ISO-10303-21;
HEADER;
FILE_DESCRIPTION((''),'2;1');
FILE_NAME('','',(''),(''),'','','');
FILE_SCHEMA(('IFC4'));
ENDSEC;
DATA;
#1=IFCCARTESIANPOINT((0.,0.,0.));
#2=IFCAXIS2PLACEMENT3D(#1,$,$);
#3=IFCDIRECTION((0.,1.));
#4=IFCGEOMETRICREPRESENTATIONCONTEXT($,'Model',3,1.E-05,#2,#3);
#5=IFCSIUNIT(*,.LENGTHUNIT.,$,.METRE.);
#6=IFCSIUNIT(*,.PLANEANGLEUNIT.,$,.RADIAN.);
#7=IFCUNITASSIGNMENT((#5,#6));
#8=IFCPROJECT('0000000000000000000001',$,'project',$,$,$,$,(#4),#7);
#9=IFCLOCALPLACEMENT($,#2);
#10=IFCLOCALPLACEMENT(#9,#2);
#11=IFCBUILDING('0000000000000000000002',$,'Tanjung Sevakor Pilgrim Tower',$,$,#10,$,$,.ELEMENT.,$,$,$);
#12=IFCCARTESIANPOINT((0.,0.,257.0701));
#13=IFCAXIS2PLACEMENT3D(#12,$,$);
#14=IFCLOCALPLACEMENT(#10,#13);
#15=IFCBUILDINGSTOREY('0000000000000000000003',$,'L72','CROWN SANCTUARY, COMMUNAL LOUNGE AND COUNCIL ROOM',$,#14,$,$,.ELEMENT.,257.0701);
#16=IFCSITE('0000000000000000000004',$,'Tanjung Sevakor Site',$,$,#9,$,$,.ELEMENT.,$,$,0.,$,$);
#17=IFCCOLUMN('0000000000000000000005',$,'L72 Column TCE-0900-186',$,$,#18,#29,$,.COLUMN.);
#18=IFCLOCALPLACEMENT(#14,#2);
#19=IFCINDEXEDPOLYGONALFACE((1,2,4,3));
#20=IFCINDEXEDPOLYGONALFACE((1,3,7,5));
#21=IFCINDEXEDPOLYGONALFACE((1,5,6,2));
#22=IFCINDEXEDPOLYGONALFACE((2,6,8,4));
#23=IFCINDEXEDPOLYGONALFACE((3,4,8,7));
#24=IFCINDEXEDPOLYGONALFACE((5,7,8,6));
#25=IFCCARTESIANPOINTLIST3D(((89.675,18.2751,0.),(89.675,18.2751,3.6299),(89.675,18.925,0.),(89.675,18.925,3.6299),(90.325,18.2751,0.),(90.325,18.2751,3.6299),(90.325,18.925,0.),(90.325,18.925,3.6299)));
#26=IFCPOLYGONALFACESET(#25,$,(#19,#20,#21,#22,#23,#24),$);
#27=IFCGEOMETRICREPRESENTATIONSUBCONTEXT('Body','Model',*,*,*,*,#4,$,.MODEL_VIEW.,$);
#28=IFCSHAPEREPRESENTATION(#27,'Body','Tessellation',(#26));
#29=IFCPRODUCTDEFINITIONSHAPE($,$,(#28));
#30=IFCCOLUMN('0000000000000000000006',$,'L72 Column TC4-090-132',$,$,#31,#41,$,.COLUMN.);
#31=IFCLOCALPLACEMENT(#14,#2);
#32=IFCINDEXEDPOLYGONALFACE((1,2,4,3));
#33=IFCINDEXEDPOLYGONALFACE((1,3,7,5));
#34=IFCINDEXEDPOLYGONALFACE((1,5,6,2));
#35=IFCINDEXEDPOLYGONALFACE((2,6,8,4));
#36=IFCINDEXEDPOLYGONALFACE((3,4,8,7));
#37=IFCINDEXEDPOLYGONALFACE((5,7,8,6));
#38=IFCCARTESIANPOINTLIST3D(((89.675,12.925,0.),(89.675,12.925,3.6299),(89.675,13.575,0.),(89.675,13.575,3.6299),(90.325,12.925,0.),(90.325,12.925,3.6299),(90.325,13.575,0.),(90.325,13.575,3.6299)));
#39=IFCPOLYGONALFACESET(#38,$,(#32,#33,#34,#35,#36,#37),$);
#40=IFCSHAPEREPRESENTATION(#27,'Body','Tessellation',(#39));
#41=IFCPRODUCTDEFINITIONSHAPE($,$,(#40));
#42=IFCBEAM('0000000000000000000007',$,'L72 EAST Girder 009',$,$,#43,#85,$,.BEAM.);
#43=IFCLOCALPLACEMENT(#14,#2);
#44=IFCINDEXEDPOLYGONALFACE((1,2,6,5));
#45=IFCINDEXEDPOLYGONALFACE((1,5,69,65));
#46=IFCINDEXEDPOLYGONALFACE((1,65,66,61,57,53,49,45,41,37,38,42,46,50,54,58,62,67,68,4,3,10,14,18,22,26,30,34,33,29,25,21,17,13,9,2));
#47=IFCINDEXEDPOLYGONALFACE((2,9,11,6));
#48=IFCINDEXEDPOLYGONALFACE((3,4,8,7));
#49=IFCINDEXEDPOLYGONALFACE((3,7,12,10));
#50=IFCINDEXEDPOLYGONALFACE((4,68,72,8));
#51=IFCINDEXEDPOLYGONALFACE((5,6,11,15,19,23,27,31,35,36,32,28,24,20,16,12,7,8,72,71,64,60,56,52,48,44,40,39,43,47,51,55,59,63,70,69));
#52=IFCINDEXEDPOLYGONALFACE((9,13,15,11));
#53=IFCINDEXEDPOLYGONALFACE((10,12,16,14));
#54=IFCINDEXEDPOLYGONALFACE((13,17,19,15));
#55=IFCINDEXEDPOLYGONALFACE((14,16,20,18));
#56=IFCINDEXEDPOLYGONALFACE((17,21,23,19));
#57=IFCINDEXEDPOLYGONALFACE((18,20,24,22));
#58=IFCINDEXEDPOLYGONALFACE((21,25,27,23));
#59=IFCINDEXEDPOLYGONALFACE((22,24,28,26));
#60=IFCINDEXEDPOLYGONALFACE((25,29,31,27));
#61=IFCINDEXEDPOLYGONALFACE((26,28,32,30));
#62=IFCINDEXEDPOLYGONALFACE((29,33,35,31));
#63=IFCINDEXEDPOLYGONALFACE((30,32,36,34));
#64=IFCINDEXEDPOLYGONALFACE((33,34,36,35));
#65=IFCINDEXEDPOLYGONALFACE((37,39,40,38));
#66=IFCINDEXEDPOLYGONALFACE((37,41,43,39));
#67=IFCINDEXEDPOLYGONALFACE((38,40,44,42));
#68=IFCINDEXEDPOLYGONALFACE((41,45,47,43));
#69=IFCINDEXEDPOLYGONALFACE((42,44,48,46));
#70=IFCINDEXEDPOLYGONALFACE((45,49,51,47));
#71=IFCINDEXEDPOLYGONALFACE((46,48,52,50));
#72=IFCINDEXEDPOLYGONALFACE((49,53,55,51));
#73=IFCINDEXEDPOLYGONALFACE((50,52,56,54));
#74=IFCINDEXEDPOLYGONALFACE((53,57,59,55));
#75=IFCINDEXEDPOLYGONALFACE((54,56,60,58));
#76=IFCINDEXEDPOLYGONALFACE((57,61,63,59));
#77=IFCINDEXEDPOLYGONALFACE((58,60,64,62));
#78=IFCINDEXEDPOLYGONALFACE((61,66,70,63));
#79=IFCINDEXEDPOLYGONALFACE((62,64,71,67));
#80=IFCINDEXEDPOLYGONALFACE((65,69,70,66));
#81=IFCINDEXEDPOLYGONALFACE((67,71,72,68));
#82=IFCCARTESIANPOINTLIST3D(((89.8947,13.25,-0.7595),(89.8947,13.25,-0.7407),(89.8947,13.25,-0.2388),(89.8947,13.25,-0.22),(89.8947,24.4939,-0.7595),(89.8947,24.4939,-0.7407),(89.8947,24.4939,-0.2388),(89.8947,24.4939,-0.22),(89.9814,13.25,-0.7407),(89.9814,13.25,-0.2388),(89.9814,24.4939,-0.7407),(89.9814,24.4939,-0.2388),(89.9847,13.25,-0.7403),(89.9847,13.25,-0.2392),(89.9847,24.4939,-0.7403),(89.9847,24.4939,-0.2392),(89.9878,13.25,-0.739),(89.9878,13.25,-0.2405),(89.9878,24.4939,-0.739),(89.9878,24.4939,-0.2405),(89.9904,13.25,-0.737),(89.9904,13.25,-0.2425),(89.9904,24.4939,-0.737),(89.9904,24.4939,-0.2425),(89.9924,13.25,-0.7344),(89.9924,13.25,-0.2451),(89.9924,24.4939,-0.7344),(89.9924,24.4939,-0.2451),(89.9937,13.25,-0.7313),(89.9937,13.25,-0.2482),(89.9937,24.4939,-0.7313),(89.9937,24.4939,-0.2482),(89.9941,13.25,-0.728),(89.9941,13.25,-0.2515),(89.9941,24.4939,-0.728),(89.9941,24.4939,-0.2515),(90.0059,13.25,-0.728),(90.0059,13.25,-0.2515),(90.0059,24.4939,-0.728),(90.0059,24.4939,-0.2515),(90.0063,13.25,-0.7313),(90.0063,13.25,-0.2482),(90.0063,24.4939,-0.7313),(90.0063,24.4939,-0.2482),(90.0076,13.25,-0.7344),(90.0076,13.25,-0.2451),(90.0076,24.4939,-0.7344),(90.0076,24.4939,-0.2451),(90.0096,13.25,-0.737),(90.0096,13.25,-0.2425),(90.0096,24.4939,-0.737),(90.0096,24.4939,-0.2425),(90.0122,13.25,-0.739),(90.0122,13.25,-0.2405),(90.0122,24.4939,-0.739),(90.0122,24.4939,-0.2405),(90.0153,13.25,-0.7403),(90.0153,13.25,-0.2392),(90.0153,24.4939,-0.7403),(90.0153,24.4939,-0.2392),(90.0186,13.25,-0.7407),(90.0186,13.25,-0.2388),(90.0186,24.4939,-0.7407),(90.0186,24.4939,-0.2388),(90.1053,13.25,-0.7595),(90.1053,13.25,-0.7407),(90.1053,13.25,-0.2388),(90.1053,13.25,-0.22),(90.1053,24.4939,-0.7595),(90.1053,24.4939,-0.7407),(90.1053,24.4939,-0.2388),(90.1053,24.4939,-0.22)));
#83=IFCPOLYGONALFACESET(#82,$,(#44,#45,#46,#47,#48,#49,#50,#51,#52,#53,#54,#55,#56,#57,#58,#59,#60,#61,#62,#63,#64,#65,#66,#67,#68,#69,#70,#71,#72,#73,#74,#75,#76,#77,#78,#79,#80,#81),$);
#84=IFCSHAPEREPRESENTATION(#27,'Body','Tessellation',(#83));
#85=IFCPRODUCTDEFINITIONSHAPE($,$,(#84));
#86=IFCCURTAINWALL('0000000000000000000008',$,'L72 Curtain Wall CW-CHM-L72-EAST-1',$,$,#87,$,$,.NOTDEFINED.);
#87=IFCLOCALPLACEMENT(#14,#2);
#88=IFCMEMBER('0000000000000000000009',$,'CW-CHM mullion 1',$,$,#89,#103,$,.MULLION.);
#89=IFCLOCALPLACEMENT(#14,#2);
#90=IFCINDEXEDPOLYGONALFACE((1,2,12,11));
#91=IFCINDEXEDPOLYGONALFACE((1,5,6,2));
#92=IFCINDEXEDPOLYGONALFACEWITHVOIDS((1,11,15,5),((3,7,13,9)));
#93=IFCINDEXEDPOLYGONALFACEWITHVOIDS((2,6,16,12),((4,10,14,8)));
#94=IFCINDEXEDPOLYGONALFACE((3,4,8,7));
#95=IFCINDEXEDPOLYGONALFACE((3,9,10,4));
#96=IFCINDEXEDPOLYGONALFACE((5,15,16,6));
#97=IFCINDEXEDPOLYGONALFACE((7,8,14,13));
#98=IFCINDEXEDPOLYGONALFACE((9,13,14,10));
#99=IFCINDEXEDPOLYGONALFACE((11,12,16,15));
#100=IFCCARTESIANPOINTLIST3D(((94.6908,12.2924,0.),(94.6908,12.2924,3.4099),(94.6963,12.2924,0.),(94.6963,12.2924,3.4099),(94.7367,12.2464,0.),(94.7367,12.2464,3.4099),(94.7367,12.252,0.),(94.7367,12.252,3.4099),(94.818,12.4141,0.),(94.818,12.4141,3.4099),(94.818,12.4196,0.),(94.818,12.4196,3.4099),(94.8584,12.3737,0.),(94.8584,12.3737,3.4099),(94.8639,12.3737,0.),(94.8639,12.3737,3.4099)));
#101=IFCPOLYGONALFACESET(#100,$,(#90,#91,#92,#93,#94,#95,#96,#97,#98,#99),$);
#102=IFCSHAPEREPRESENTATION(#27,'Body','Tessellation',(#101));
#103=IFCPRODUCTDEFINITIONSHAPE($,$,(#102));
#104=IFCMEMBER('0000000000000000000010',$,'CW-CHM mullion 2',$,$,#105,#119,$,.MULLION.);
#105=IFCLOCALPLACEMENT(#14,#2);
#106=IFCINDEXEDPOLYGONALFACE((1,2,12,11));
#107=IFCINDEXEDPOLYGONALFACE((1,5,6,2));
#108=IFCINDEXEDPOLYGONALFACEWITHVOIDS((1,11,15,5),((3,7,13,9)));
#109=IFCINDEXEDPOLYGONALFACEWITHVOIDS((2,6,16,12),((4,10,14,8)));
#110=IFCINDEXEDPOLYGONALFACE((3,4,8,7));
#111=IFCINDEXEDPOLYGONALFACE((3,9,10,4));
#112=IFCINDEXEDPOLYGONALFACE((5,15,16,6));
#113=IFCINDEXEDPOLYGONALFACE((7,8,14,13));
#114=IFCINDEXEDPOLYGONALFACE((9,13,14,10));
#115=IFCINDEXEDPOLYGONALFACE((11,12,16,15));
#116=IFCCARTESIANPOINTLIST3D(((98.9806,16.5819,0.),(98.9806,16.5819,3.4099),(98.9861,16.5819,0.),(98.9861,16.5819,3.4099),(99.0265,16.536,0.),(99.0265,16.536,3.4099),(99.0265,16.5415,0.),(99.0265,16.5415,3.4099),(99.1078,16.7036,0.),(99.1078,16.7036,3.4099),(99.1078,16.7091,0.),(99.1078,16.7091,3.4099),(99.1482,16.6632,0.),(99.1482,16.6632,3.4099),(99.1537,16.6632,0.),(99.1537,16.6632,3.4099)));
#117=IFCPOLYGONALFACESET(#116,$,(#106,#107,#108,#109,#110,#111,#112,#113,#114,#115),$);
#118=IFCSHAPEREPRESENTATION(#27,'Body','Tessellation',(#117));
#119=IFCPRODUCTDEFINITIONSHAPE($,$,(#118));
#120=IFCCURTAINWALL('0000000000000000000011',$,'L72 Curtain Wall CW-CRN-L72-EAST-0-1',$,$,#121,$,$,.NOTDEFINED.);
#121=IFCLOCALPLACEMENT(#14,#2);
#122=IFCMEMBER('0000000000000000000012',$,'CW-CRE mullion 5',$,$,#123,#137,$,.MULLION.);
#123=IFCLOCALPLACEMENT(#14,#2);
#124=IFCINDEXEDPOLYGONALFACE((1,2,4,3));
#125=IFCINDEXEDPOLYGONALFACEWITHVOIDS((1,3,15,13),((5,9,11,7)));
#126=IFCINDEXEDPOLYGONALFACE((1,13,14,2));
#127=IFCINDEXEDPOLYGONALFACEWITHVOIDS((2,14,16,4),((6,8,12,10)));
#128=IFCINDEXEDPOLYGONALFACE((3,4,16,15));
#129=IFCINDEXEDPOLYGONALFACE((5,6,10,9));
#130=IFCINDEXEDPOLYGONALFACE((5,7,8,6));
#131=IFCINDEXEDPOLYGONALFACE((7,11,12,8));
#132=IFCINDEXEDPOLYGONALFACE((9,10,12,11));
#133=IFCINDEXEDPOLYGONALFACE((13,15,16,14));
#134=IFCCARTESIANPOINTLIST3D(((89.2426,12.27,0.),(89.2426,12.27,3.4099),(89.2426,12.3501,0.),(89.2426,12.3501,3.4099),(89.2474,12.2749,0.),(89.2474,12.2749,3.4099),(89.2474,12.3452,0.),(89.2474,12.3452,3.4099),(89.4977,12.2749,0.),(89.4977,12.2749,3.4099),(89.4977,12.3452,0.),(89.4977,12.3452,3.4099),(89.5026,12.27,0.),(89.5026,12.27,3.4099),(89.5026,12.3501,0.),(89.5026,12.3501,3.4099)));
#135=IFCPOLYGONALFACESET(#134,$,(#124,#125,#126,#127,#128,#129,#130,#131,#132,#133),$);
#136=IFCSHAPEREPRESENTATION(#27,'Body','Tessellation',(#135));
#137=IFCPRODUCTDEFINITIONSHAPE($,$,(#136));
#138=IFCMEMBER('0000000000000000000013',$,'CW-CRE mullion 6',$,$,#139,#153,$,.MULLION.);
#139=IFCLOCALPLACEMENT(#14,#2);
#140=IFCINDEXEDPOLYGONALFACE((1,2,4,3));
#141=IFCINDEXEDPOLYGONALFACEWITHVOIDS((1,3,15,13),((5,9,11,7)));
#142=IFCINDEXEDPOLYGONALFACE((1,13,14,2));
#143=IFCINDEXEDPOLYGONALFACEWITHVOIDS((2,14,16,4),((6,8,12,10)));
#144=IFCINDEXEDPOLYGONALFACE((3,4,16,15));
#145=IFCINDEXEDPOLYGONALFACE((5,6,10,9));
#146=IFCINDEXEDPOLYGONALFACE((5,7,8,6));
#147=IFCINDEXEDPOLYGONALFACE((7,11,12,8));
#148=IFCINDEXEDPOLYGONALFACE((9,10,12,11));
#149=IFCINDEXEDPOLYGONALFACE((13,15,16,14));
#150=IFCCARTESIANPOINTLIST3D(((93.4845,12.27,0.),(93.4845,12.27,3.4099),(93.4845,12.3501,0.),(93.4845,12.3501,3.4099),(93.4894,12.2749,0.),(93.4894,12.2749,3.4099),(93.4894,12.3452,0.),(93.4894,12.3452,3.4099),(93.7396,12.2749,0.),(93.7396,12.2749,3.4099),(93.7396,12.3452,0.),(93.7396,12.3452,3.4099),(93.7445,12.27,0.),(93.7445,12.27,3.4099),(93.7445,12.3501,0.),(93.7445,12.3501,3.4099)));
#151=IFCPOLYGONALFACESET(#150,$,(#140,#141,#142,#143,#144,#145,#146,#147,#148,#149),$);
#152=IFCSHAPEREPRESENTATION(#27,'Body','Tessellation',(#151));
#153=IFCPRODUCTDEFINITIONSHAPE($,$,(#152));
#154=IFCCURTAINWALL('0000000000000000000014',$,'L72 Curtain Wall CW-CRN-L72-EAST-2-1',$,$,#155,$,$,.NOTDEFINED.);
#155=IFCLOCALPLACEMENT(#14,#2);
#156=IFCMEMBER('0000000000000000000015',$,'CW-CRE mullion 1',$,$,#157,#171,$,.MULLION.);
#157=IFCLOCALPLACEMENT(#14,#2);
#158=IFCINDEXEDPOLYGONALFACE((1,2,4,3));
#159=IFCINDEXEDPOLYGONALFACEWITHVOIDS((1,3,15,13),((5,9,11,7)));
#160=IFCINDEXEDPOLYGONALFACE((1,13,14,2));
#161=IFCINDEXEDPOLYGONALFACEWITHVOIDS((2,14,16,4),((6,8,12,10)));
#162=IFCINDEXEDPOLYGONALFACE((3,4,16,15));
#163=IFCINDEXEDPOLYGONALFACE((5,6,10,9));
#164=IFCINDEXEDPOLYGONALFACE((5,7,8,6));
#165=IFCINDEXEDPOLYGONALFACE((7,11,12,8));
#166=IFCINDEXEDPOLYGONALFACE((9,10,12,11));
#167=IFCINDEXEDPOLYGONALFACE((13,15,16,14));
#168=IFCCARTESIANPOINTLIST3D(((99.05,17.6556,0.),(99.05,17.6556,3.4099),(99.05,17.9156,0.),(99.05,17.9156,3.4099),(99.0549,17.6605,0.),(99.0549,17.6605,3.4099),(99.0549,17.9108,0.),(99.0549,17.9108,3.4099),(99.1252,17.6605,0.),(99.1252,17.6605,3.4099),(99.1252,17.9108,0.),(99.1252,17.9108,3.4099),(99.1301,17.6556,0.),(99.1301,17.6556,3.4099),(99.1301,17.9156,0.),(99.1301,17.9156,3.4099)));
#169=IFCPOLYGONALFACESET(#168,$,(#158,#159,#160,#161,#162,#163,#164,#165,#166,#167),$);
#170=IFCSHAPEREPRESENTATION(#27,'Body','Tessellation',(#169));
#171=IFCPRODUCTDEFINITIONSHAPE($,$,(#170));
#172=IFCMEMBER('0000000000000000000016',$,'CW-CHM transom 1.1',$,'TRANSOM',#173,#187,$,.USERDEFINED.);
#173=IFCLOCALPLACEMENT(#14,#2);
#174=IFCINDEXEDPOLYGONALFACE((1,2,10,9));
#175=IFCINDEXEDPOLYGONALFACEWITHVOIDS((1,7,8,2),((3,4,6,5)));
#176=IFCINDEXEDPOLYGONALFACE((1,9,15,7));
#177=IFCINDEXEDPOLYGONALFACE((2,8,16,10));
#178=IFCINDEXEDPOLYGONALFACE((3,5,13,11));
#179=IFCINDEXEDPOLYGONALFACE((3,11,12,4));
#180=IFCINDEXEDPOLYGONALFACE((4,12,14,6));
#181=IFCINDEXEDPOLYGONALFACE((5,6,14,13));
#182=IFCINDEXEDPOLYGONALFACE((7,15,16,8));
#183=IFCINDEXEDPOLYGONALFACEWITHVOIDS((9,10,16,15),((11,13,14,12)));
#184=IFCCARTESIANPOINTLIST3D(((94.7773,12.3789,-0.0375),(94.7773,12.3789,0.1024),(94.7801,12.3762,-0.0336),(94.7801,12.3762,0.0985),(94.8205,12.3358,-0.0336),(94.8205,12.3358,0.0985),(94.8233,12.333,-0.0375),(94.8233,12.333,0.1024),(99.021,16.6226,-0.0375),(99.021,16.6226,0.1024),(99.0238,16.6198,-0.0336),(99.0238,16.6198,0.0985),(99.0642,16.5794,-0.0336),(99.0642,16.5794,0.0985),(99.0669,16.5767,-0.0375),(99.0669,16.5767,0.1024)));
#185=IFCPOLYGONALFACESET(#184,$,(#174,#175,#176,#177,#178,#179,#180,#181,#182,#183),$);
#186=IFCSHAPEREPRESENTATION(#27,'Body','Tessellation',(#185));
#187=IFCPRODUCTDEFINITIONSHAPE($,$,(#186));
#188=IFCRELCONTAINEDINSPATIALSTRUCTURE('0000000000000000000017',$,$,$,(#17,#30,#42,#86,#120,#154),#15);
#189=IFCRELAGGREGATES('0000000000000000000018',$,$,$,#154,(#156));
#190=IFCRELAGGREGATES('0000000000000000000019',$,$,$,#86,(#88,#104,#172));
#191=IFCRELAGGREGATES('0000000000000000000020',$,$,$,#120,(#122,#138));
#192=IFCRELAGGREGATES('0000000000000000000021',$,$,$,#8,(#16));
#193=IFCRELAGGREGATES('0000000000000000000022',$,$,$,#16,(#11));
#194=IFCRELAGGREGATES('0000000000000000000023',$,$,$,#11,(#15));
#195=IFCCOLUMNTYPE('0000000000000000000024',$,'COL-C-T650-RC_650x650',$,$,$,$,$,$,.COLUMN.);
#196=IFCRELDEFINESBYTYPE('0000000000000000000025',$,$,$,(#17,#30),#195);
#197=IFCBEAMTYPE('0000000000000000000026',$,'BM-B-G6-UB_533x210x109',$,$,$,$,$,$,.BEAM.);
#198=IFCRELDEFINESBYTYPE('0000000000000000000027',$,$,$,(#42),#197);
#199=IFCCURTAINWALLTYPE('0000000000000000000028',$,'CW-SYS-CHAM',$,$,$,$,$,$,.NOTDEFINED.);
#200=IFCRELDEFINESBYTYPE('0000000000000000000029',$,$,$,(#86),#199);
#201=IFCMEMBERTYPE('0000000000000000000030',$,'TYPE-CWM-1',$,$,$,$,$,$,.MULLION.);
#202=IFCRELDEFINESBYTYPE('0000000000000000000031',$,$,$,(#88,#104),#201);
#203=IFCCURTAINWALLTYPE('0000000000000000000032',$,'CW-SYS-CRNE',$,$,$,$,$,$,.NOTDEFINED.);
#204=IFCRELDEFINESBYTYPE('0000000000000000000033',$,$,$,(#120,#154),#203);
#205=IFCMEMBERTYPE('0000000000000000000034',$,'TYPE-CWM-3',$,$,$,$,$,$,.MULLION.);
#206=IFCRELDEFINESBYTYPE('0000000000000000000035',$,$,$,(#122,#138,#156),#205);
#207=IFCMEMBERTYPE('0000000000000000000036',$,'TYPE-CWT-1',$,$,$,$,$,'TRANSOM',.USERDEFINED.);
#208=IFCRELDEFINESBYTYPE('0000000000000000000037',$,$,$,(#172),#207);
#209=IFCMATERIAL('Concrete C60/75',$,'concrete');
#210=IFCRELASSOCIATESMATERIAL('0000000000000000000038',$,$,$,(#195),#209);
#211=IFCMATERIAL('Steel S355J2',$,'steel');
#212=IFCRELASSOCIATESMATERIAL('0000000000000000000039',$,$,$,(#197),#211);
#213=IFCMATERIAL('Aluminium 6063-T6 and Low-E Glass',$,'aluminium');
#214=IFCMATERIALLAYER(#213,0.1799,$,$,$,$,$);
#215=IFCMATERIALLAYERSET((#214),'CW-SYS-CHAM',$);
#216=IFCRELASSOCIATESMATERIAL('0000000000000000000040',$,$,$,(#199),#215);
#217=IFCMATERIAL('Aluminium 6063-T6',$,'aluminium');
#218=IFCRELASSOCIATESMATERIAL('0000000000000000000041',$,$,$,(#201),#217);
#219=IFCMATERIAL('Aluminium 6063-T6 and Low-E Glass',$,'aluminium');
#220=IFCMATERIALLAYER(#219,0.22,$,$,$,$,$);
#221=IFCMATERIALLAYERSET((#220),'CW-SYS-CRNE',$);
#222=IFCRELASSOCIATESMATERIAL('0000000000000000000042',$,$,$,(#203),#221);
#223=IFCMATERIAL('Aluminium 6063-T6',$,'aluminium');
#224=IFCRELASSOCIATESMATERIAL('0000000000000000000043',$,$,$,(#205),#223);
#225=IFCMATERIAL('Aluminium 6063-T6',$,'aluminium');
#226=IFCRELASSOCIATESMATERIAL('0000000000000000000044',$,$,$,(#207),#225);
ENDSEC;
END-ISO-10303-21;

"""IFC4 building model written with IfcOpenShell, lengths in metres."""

from ifc_helpers import new_model, si_unit, direction, frame, origin, origin_2d, place, context, subcontext, project, spatial, rectangle, hollow_rectangle, i_section, extrude, material, layer, layer_set, material_profile, profile_set, type_object, element, aggregate, save


model = new_model("IFC4")

# Units and contexts
model_context = context("Model", 3, precision=1e-05, world=origin(), true_north=direction((0.0, 1.0)))
body_context = subcontext(model_context, "Body", "Model", "MODEL_VIEW")
ifc_project = project(units=[si_unit("LENGTHUNIT", "METRE"), si_unit("PLANEANGLEUNIT", "RADIAN")], contexts=[model_context])

# Site, building, storey
site_placement = place(None, origin())
site = spatial("IfcSite", under=ifc_project, at=site_placement, Name="Tanjung Sevakor Site", CompositionType="ELEMENT", RefElevation=0.0)
building_placement = place(site_placement, origin())
building = spatial("IfcBuilding", under=site, at=building_placement, Name="Tanjung Sevakor Pilgrim Tower", CompositionType="ELEMENT")
storey_placement = place(building_placement, frame((0.0, 0.0, 257.0701)))
storey = spatial("IfcBuildingStorey", under=building, at=storey_placement, Name="L72", Description="CROWN SANCTUARY, COMMUNAL LOUNGE AND COUNCIL ROOM", CompositionType="ELEMENT", Elevation=257.0701)

# Columns
ifc_material_1 = material(Name="Concrete C60/75", Category="concrete")
ifc_material_profile_1 = material_profile(ifc_material_1, rectangle(XDim=0.6499, YDim=0.6499, at=origin_2d()))
ifc_profile_set_1 = profile_set([ifc_material_profile_1], Name="Concrete C60/75")
column_type = type_object("IfcColumnType", Name="COL-C-T650-RC_650x650", PredefinedType="COLUMN", material=ifc_profile_set_1)
for number, where, z_axis, x_axis, name in (
    (1, (90.0, 18.6001, 0.0), (0.0, 0.0, 1.0), (1.0, 0.0, 0.0), "L72 Column TCE-0900-186"),
    (2, (90.0, 13.25, 0.0), (0.0, 0.0, 1.0), (1.0, 0.0, 0.0), "L72 Column TC4-090-132"),
):
    element("IfcColumn", number, at=place(storey_placement, frame(where, z_axis=z_axis, x_axis=x_axis)), inside=storey, type_object=column_type, Name=name, PredefinedType="COLUMN", context=body_context, shape_type="SweptSolid", body=[
        extrude(rectangle(XDim=0.6499, YDim=0.6499, at=origin_2d()), origin(), (0.0, 0.0, 1.0), 3.6299),
    ])

# Beam
ifc_material_2 = material(Name="Steel S355J2", Category="steel")
ifc_material_profile_2 = material_profile(ifc_material_2, i_section(OverallWidth=0.2107, OverallDepth=0.5396, WebThickness=0.0117, FlangeThickness=0.0188, FilletRadius=0.0127, at=origin_2d()))
ifc_profile_set_2 = profile_set([ifc_material_profile_2], Name="Steel S355J2")
beam_type = type_object("IfcBeamType", Name="BM-B-G6-UB_533x210x109", PredefinedType="BEAM", material=ifc_profile_set_2)
beam_placement = place(storey_placement, frame((90.0, 13.25, -0.4897), z_axis=(0.0, 1.0, 0.0), x_axis=(-1.0, 0.0, 0.0)))
element("IfcBeam", 3, at=beam_placement, inside=storey, type_object=beam_type, Name="L72 EAST Girder 009", PredefinedType="BEAM", context=body_context, shape_type="SweptSolid", body=[
    extrude(i_section(OverallWidth=0.2107, OverallDepth=0.5396, WebThickness=0.0117, FlangeThickness=0.0188, FilletRadius=0.0127, at=origin_2d()), origin(), (0.0, 0.0, 1.0), 11.2439),
])

# Curtain walls, members
ifc_material_3 = material(Name="Aluminium 6063-T6 and Low-E Glass", Category="aluminium")
ifc_layer_1 = layer(ifc_material_3, 0.1799)
ifc_layer_set_1 = layer_set([ifc_layer_1], Name="CW-SYS-CHAM")
curtain_wall_type_1 = type_object("IfcCurtainWallType", Name="CW-SYS-CHAM", PredefinedType="NOTDEFINED", material=ifc_layer_set_1)
curtain_wall_1_placement = place(storey_placement, origin())
curtain_wall_1 = element("IfcCurtainWall", 4, at=curtain_wall_1_placement, inside=storey, type_object=curtain_wall_type_1, Name="L72 Curtain Wall CW-CHM-L72-EAST-1", PredefinedType="NOTDEFINED")
ifc_material_4 = material(Name="Aluminium 6063-T6", Category="aluminium")
ifc_material_profile_3 = material_profile(ifc_material_4, hollow_rectangle(XDim=0.0649, YDim=0.1799, WallThickness=0.0039, at=origin_2d()))
ifc_profile_set_3 = profile_set([ifc_material_profile_3], Name="Aluminium 6063-T6")
member_type_1 = type_object("IfcMemberType", Name="TYPE-CWM-1", PredefinedType="MULLION", material=ifc_profile_set_3)
member_1_placement = place(storey_placement, frame((94.7773, 12.333, 0.0), z_axis=(0.0, 0.0, 1.0), x_axis=(-0.707107, 0.707107, 0.0)))
member_1 = element("IfcMember", 5, at=member_1_placement, type_object=member_type_1, Name="CW-CHM mullion 1", PredefinedType="MULLION", context=body_context, shape_type="SweptSolid", body=[
    extrude(hollow_rectangle(XDim=0.0649, YDim=0.1799, WallThickness=0.0039, at=origin_2d()), origin(), (0.0, 0.0, 1.0), 3.4099),
])
member_2_placement = place(storey_placement, frame((99.0671, 16.6226, 0.0), z_axis=(0.0, 0.0, 1.0), x_axis=(-0.707107, 0.707107, 0.0)))
member_2 = element("IfcMember", 6, at=member_2_placement, type_object=member_type_1, Name="CW-CHM mullion 2", PredefinedType="MULLION", context=body_context, shape_type="SweptSolid", body=[
    extrude(hollow_rectangle(XDim=0.0649, YDim=0.1799, WallThickness=0.0039, at=origin_2d()), origin(), (0.0, 0.0, 1.0), 3.4099),
])
ifc_material_5 = material(Name="Aluminium 6063-T6 and Low-E Glass", Category="aluminium")
ifc_layer_2 = layer(ifc_material_5, 0.22)
ifc_layer_set_2 = layer_set([ifc_layer_2], Name="CW-SYS-CRNE")
curtain_wall_type_2 = type_object("IfcCurtainWallType", Name="CW-SYS-CRNE", PredefinedType="NOTDEFINED", material=ifc_layer_set_2)
curtain_wall_2_placement = place(storey_placement, origin())
curtain_wall_2 = element("IfcCurtainWall", 7, at=curtain_wall_2_placement, inside=storey, type_object=curtain_wall_type_2, Name="L72 Curtain Wall CW-CRN-L72-EAST-0-1", PredefinedType="NOTDEFINED")
ifc_material_6 = material(Name="Aluminium 6063-T6", Category="aluminium")
ifc_material_profile_4 = material_profile(ifc_material_6, hollow_rectangle(XDim=0.0801, YDim=0.26, WallThickness=0.0049, at=origin_2d()))
ifc_profile_set_4 = profile_set([ifc_material_profile_4], Name="Aluminium 6063-T6")
member_type_2 = type_object("IfcMemberType", Name="TYPE-CWM-3", PredefinedType="MULLION", material=ifc_profile_set_4)
member_3_placement = place(storey_placement, frame((89.3726, 12.3101, 0.0), z_axis=(0.0, 0.0, 1.0), x_axis=(0.0, 1.0, 0.0)))
member_3 = element("IfcMember", 8, at=member_3_placement, type_object=member_type_2, Name="CW-CRE mullion 5", PredefinedType="MULLION", context=body_context, shape_type="SweptSolid", body=[
    extrude(hollow_rectangle(XDim=0.0801, YDim=0.26, WallThickness=0.0049, at=origin_2d()), origin(), (0.0, 0.0, 1.0), 3.4099),
])
member_4_placement = place(storey_placement, frame((93.6145, 12.3101, 0.0), z_axis=(0.0, 0.0, 1.0), x_axis=(0.0, 1.0, 0.0)))
member_4 = element("IfcMember", 9, at=member_4_placement, type_object=member_type_2, Name="CW-CRE mullion 6", PredefinedType="MULLION", context=body_context, shape_type="SweptSolid", body=[
    extrude(hollow_rectangle(XDim=0.0801, YDim=0.26, WallThickness=0.0049, at=origin_2d()), origin(), (0.0, 0.0, 1.0), 3.4099),
])

# Curtain wall, member
curtain_wall_3_placement = place(storey_placement, origin())
curtain_wall_3 = element("IfcCurtainWall", 10, at=curtain_wall_3_placement, inside=storey, type_object=curtain_wall_type_2, Name="L72 Curtain Wall CW-CRN-L72-EAST-2-1", PredefinedType="NOTDEFINED")
member_5_placement = place(storey_placement, frame((99.0901, 17.7856, 0.0), z_axis=(0.0, 0.0, 1.0), x_axis=(-1.0, 0.0, 0.0)))
member_5 = element("IfcMember", 11, at=member_5_placement, type_object=member_type_2, Name="CW-CRE mullion 1", PredefinedType="MULLION", context=body_context, shape_type="SweptSolid", body=[
    extrude(hollow_rectangle(XDim=0.0801, YDim=0.26, WallThickness=0.0049, at=origin_2d()), origin(), (0.0, 0.0, 1.0), 3.4099),
])

# Member
ifc_material_7 = material(Name="Aluminium 6063-T6", Category="aluminium")
ifc_material_profile_5 = material_profile(ifc_material_7, hollow_rectangle(XDim=0.0649, YDim=0.1399, WallThickness=0.0039, at=origin_2d()))
ifc_profile_set_5 = profile_set([ifc_material_profile_5], Name="Aluminium 6063-T6")
member_type_3 = type_object("IfcMemberType", Name="TYPE-CWT-1", ElementType="TRANSOM", PredefinedType="USERDEFINED", material=ifc_profile_set_5)
member_6_placement = place(storey_placement, frame((94.8003, 12.356, 0.0325), z_axis=(0.707107, 0.707107, 0.0), x_axis=(-0.707107, 0.707107, 0.0)))
member_6 = element("IfcMember", 12, at=member_6_placement, type_object=member_type_3, Name="CW-CHM transom 1.1", ObjectType="TRANSOM", PredefinedType="USERDEFINED", context=body_context, shape_type="SweptSolid", body=[
    extrude(hollow_rectangle(XDim=0.0649, YDim=0.1399, WallThickness=0.0039, at=origin_2d()), origin(), (0.0, 0.0, 1.0), 6.0015),
])
aggregate(curtain_wall_3, [member_5])

aggregate(curtain_wall_1, [member_1, member_2, member_6])
aggregate(curtain_wall_2, [member_3, member_4])

save(model, "model.ifc")
